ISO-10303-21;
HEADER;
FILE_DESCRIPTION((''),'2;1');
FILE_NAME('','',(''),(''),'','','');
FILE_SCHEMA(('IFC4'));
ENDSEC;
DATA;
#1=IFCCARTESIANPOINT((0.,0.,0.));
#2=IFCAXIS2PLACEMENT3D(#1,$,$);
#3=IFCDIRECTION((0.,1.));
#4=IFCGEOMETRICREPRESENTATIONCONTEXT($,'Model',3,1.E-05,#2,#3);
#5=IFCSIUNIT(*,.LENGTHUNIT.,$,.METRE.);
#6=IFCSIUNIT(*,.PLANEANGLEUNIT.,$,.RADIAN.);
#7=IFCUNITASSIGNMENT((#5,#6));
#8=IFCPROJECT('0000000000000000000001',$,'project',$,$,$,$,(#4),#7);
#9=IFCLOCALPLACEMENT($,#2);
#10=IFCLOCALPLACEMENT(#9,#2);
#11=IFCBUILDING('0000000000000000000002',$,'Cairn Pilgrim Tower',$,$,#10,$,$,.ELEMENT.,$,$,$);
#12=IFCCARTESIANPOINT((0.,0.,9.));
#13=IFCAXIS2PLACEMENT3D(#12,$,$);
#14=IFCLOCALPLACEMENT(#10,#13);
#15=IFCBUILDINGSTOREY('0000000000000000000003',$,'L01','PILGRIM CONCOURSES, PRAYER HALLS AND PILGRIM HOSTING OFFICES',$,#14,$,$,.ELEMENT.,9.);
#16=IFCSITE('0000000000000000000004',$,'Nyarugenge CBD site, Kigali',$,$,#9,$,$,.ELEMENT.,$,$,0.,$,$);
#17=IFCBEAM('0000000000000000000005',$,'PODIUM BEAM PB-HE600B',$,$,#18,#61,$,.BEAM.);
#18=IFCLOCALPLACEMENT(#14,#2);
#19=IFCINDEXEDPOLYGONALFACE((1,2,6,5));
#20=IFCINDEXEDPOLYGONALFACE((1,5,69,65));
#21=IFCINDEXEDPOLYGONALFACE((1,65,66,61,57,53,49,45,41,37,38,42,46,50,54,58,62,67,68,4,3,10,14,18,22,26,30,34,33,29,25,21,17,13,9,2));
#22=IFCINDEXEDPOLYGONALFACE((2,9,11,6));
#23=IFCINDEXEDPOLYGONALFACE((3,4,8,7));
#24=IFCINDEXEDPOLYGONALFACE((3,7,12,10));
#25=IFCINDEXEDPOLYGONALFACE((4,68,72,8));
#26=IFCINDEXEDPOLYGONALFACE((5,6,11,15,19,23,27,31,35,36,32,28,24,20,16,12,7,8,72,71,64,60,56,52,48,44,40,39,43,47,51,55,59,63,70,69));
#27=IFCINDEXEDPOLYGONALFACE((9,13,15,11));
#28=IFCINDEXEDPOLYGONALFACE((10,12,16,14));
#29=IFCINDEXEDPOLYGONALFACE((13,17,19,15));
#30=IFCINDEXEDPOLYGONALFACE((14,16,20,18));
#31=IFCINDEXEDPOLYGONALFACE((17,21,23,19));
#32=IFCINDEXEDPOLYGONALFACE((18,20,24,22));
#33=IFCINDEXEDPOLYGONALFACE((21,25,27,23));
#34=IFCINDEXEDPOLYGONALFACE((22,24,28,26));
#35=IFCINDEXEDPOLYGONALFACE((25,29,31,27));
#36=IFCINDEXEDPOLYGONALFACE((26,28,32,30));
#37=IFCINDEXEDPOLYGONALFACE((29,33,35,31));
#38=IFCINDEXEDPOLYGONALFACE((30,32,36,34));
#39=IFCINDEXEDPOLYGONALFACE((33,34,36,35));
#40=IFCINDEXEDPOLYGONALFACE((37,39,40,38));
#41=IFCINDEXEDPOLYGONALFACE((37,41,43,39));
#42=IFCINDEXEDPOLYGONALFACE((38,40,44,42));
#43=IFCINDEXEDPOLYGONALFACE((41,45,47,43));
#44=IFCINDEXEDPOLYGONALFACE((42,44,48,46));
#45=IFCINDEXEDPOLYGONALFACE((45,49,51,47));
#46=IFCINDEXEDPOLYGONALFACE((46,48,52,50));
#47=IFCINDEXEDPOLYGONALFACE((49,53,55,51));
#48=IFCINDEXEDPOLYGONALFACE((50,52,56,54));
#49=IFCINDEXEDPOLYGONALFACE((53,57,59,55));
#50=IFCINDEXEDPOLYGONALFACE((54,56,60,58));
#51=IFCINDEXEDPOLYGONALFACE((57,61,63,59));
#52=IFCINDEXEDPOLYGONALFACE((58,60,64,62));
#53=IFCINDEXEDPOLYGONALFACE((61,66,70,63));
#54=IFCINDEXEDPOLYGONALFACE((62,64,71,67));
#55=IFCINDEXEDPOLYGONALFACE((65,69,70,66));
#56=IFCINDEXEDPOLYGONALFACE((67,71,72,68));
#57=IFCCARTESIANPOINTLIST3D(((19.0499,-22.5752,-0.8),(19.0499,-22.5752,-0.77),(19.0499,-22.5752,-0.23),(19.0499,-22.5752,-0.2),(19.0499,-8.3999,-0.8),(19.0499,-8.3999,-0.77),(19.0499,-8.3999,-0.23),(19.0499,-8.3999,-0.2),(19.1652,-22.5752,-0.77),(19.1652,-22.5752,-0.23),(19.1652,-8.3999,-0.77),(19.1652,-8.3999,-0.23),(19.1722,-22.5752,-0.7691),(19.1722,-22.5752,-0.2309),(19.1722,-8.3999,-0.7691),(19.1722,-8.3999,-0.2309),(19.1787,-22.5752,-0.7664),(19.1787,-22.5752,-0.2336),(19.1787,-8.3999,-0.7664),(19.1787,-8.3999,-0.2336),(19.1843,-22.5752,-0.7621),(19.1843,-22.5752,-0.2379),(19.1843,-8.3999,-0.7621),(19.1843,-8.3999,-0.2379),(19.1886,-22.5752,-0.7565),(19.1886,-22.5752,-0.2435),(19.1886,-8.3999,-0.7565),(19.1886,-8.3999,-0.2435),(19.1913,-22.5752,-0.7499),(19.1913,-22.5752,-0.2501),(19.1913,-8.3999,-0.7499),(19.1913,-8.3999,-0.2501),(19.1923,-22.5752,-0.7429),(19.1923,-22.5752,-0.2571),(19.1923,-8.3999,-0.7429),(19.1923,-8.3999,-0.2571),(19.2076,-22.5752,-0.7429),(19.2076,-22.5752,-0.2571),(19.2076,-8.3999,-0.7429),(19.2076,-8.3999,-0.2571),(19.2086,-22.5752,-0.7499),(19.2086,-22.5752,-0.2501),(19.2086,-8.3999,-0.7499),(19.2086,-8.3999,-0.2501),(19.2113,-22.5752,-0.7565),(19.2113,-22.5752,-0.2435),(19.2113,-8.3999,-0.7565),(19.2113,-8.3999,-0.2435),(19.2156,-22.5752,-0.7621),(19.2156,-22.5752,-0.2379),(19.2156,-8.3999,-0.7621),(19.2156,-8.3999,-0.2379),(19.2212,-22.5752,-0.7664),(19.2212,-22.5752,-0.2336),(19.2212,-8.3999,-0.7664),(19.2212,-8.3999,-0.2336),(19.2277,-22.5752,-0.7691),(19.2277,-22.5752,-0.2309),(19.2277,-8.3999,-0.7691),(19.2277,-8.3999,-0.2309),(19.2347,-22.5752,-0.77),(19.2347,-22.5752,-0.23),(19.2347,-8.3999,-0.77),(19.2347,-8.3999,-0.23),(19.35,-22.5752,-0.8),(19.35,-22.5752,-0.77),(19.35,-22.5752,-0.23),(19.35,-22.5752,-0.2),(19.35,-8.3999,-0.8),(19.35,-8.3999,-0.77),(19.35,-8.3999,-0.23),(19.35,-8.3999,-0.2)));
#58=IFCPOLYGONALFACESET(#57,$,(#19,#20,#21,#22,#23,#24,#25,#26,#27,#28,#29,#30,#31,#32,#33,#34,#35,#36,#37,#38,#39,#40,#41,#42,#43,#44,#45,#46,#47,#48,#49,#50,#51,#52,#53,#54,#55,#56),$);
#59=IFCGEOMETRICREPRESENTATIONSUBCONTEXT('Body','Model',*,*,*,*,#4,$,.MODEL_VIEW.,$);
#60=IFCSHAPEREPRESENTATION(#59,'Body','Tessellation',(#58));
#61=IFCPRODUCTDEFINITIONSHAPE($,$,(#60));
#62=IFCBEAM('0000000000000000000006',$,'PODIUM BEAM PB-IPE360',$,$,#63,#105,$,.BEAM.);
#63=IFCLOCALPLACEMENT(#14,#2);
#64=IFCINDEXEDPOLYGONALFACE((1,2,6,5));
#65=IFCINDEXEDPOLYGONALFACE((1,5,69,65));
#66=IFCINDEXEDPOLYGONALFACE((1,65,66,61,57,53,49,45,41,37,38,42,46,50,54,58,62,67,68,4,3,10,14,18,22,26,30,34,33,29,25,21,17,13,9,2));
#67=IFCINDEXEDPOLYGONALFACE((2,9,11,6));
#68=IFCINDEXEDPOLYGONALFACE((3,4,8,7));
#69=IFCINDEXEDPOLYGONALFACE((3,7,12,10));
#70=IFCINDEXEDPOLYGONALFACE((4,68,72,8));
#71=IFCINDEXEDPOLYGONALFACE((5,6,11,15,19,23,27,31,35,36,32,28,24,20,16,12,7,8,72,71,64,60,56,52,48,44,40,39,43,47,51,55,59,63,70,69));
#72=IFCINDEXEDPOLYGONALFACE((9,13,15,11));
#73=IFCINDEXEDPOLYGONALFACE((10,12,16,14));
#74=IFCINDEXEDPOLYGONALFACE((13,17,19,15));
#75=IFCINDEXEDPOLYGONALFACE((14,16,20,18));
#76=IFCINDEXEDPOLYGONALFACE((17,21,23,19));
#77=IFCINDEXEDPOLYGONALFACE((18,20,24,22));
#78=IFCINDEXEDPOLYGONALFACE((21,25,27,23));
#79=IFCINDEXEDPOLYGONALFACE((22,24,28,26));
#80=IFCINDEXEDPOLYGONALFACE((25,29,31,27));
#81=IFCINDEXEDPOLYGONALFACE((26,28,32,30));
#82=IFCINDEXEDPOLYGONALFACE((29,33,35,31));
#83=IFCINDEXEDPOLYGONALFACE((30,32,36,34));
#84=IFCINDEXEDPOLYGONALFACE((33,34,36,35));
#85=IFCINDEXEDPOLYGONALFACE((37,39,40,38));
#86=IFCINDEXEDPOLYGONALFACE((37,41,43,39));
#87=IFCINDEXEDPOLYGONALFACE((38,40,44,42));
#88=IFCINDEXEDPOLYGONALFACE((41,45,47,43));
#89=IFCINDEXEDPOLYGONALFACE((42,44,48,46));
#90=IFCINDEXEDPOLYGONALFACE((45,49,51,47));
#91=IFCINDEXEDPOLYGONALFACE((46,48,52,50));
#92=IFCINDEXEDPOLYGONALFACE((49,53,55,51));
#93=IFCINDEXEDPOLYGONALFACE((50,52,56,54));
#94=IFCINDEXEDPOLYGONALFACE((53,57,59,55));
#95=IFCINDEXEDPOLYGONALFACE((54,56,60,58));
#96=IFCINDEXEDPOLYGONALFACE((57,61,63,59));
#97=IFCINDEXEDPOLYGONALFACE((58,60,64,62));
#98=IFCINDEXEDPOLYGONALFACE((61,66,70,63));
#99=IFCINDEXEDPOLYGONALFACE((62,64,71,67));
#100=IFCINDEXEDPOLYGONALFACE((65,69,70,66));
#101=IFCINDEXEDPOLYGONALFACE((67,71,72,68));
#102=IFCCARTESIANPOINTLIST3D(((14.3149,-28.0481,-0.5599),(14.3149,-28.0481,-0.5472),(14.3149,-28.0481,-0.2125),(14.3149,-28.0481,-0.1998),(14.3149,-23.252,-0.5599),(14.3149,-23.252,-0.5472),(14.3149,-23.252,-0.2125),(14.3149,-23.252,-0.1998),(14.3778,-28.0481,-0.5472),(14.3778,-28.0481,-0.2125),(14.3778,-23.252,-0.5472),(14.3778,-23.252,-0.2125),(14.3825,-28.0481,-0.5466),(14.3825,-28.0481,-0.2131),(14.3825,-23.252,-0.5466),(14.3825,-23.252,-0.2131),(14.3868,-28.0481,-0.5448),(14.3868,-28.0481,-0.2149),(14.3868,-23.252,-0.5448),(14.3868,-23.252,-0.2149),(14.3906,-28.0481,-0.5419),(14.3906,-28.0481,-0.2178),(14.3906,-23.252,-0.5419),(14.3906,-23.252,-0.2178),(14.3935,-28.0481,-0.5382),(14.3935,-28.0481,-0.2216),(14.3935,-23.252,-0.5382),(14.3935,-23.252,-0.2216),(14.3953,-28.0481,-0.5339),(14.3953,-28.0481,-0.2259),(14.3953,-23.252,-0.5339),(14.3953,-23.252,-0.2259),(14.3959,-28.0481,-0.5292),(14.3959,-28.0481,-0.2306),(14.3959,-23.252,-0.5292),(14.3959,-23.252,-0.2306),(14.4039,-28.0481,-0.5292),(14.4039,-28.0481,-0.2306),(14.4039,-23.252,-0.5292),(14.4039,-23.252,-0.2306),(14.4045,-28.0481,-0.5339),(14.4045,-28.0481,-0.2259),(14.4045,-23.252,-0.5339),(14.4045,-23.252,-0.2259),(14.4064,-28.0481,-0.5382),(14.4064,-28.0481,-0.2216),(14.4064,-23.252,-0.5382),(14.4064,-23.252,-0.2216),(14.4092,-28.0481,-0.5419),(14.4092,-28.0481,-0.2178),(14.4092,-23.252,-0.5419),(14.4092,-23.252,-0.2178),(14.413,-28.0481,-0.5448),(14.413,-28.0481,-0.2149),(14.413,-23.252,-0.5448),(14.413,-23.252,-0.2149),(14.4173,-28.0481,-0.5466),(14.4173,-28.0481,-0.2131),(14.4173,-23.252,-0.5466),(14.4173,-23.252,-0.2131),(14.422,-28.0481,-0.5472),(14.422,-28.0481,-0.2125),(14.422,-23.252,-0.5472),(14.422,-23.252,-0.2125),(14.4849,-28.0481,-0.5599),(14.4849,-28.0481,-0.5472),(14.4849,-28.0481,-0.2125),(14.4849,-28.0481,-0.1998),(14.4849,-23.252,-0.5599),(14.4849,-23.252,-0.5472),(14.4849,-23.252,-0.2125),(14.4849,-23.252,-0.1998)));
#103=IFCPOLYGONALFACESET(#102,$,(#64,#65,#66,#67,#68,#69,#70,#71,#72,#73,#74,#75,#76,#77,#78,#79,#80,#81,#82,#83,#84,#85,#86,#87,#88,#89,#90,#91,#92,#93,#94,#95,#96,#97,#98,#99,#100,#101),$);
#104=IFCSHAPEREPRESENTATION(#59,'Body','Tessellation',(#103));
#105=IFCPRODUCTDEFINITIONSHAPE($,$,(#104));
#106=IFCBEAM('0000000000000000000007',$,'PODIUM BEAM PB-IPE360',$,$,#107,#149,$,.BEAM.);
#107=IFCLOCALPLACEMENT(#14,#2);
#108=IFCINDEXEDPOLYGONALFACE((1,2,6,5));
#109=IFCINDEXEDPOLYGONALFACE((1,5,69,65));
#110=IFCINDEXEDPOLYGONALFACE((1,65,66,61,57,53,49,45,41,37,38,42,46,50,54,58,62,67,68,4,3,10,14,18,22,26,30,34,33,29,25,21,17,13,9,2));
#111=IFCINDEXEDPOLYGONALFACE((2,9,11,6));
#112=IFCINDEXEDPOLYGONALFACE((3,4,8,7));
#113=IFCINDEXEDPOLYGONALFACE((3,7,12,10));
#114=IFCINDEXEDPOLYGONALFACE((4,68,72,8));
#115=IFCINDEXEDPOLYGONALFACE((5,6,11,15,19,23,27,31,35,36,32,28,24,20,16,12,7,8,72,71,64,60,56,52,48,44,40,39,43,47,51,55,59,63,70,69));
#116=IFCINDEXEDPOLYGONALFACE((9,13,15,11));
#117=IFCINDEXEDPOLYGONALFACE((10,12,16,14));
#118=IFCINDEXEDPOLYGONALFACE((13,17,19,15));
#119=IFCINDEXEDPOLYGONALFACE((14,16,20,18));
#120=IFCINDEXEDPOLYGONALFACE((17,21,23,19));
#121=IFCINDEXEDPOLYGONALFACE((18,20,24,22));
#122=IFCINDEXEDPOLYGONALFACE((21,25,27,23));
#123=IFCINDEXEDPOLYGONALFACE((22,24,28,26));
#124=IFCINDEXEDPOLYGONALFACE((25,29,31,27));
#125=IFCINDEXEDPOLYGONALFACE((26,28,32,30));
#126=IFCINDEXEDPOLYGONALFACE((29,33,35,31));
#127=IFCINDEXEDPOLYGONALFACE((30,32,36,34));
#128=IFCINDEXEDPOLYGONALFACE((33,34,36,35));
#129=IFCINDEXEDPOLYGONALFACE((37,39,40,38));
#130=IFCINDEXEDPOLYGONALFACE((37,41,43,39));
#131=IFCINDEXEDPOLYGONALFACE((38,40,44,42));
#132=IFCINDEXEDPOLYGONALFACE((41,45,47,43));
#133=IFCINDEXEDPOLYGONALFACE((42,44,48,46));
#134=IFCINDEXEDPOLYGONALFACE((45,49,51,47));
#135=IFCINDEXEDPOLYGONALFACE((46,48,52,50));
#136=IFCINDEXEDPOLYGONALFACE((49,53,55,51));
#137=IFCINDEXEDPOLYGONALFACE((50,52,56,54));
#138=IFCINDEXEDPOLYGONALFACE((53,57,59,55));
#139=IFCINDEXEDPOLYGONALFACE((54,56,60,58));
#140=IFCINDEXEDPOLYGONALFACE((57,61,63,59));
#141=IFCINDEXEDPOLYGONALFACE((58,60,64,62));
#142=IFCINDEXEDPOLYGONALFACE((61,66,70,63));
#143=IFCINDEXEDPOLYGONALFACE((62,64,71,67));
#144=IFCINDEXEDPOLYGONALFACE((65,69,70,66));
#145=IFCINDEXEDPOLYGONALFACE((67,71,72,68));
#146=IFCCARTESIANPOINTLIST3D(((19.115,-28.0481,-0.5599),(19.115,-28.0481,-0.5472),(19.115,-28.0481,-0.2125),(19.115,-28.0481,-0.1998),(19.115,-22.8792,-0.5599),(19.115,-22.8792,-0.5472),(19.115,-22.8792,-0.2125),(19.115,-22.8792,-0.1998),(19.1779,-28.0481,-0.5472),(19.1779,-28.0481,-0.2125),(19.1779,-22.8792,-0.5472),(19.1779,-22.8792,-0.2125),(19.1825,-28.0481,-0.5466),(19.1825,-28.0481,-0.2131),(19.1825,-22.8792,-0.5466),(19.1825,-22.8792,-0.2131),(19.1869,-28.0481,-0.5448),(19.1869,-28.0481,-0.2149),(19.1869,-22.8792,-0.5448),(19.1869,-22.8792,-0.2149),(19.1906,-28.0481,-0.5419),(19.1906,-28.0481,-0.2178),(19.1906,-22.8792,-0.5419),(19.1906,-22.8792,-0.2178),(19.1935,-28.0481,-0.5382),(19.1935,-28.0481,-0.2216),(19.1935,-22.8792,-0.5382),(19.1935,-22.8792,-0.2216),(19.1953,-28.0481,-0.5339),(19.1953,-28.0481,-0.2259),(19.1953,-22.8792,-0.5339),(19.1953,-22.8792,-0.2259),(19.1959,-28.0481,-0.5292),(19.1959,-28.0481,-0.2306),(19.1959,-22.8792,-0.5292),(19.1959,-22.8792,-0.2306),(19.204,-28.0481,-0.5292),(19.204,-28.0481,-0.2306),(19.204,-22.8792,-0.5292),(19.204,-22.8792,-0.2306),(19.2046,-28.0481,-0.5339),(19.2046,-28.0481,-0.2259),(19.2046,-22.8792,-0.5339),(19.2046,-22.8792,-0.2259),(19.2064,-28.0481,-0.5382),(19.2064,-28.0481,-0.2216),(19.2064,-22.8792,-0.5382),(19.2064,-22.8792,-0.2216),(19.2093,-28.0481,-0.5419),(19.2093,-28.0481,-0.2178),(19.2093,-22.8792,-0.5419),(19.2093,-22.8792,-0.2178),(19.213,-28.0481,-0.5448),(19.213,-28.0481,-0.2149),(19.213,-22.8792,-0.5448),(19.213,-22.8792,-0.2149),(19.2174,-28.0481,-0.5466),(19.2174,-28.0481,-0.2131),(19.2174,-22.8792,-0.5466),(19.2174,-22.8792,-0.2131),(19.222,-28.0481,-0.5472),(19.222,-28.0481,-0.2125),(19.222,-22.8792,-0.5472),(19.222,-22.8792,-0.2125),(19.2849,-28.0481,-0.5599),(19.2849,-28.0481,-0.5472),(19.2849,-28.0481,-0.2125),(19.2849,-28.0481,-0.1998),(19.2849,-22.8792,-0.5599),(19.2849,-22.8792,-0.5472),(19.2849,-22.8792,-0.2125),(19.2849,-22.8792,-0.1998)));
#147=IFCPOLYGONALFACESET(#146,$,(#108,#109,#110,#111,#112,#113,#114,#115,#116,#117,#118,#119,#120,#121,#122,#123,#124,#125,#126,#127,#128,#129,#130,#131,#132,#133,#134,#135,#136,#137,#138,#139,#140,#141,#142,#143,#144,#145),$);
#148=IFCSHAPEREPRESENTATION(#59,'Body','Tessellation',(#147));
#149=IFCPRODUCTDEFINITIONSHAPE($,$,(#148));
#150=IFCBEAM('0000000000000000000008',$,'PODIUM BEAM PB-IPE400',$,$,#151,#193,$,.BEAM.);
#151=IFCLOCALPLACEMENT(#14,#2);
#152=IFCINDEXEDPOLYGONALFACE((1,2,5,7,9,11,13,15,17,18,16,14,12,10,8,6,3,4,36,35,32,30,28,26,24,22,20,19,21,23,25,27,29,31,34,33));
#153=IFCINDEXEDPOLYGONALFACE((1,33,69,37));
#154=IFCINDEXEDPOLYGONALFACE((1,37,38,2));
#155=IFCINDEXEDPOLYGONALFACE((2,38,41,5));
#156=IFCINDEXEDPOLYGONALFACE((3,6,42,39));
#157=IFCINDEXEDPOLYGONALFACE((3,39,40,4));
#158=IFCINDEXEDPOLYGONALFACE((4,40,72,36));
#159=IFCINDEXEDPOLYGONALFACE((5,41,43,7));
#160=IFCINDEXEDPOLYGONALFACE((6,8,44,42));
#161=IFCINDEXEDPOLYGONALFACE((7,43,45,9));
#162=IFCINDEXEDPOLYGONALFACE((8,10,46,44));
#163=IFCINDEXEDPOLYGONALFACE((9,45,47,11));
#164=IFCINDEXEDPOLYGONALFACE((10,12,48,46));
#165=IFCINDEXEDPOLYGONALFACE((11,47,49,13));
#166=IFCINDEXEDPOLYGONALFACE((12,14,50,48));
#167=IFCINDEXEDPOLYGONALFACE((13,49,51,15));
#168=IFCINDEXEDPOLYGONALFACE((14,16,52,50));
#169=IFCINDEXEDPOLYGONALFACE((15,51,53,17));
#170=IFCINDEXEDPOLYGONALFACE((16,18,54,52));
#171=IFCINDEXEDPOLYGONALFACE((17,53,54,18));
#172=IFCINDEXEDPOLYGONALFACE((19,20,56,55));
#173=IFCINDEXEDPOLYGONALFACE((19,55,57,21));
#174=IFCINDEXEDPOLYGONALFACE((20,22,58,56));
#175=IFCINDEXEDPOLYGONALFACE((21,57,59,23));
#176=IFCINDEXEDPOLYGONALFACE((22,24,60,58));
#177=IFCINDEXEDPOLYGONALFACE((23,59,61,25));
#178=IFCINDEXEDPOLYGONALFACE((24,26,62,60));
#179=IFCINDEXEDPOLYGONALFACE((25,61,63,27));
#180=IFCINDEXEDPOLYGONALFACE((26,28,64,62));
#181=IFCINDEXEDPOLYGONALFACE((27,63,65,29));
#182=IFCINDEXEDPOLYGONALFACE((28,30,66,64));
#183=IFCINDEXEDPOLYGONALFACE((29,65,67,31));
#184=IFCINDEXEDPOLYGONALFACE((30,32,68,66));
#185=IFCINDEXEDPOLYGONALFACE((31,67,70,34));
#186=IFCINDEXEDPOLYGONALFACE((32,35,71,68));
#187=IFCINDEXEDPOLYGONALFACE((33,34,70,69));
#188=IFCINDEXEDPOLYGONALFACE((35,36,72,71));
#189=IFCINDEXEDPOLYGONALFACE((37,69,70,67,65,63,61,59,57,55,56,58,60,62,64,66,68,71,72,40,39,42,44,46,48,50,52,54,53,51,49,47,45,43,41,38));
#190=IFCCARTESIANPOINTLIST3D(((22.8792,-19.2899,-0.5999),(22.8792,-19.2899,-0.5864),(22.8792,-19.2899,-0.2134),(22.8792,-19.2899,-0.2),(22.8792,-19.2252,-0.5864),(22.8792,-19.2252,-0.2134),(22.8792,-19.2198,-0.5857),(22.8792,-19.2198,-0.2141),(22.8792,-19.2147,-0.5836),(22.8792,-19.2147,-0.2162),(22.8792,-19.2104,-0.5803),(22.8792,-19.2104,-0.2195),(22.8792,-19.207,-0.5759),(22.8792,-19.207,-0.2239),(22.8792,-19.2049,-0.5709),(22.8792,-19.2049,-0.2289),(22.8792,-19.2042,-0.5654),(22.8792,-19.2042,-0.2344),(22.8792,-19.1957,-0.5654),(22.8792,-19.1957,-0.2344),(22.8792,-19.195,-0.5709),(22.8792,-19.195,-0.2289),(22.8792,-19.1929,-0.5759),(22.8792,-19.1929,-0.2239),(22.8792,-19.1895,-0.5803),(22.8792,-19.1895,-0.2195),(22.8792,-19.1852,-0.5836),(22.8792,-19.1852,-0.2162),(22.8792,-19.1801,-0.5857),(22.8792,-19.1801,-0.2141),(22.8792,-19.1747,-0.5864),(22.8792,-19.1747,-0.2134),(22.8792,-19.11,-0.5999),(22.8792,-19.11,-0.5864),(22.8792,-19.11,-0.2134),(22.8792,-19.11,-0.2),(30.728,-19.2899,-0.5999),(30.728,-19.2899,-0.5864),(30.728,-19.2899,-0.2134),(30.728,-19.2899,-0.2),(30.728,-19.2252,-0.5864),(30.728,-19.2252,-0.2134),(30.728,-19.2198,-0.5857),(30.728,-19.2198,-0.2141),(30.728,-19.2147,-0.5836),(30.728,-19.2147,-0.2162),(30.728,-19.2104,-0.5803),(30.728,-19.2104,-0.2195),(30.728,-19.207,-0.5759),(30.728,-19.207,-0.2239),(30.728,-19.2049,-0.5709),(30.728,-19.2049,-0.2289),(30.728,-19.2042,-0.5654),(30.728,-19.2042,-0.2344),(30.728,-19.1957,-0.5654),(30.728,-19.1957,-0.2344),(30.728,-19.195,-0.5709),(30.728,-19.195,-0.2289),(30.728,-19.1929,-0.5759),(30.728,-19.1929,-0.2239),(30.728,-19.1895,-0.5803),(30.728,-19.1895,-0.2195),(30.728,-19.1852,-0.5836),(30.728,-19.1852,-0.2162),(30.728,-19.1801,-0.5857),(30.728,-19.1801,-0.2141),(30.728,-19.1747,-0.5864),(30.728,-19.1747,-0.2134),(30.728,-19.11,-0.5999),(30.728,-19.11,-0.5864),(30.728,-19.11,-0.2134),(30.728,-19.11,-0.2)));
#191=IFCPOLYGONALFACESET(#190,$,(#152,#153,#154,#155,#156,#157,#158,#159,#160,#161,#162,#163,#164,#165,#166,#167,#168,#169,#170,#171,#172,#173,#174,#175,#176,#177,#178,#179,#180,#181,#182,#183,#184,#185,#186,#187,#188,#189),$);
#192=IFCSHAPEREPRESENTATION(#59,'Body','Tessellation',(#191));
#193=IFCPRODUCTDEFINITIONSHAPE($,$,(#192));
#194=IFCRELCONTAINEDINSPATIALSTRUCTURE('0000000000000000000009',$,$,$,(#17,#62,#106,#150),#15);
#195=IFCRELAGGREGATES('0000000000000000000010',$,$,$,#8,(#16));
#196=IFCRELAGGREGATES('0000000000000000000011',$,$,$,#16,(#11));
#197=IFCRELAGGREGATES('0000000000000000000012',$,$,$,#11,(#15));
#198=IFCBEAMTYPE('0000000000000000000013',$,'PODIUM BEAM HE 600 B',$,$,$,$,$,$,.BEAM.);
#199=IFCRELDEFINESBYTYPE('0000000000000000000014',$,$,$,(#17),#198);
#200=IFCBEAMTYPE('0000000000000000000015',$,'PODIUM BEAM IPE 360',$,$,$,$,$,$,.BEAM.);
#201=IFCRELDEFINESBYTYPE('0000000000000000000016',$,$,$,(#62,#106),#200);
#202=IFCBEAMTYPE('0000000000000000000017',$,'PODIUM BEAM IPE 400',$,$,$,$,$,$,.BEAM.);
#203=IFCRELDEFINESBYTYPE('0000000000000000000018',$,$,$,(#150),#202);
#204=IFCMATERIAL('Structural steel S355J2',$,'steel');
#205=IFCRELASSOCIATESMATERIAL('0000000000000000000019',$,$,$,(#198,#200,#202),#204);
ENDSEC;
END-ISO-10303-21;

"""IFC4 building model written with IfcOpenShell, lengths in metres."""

from ifc_helpers import new_model, si_unit, direction, frame, origin, origin_2d, place, context, subcontext, project, spatial, i_section, extrude, material, material_profile, profile_set, type_object, element, save


model = new_model("IFC4")

# Units and contexts
model_context = context("Model", 3, precision=1e-05, world=origin(), true_north=direction((0.0, 1.0)))
body_context = subcontext(model_context, "Body", "Model", "MODEL_VIEW")
ifc_project = project(units=[si_unit("LENGTHUNIT", "METRE"), si_unit("PLANEANGLEUNIT", "RADIAN")], contexts=[model_context])

# Site, building, storey
site_placement = place(None, origin())
site = spatial("IfcSite", under=ifc_project, at=site_placement, Name="Nyarugenge CBD site, Kigali", CompositionType="ELEMENT", RefElevation=0.0)
building_placement = place(site_placement, origin())
building = spatial("IfcBuilding", under=site, at=building_placement, Name="Cairn Pilgrim Tower", CompositionType="ELEMENT")
storey_placement = place(building_placement, frame((0.0, 0.0, 9.0)))
storey = spatial("IfcBuildingStorey", under=building, at=storey_placement, Name="L01", Description="PILGRIM CONCOURSES, PRAYER HALLS AND PILGRIM HOSTING OFFICES", CompositionType="ELEMENT", Elevation=9.0)

# Beams
ifc_material_1 = material(Name="Structural steel S355J2", Category="steel")
ifc_material_profile_1 = material_profile(ifc_material_1, i_section(OverallWidth=0.3, OverallDepth=0.6001, WebThickness=0.0154, FlangeThickness=0.03, FilletRadius=0.0271, at=origin_2d()), Name="HEB 600")
ifc_profile_set_1 = profile_set([ifc_material_profile_1], Name="Structural steel S355J2")
beam_type_1 = type_object("IfcBeamType", Name="PODIUM BEAM HE 600 B", PredefinedType="BEAM", material=ifc_profile_set_1)
beam_1_placement = place(storey_placement, frame((19.2, -22.5752, -0.5), z_axis=(0.0, 1.0, 0.0), x_axis=(-1.0, 0.0, 0.0)))
element("IfcBeam", 1, at=beam_1_placement, inside=storey, type_object=beam_type_1, Name="PODIUM BEAM PB-HE600B", PredefinedType="BEAM", context=body_context, shape_type="SweptSolid", body=[
    extrude(i_section(OverallWidth=0.3, OverallDepth=0.6001, WebThickness=0.0154, FlangeThickness=0.03, FilletRadius=0.0271, at=origin_2d()), origin(), (0.0, 0.0, 1.0), 14.1753),
])
ifc_material_profile_2 = material_profile(ifc_material_1, i_section(OverallWidth=0.1699, OverallDepth=0.3601, WebThickness=0.0081, FlangeThickness=0.0127, FilletRadius=0.0181, at=origin_2d()), Name="IPE 360")
ifc_profile_set_2 = profile_set([ifc_material_profile_2], Name="Structural steel S355J2")
beam_type_2 = type_object("IfcBeamType", Name="PODIUM BEAM IPE 360", PredefinedType="BEAM", material=ifc_profile_set_2)
beam_2_placement = place(storey_placement, frame((14.3999, -28.0481, -0.3799), z_axis=(0.0, 1.0, 0.0), x_axis=(-1.0, 0.0, 0.0)))
element("IfcBeam", 2, at=beam_2_placement, inside=storey, type_object=beam_type_2, Name="PODIUM BEAM PB-IPE360", PredefinedType="BEAM", context=body_context, shape_type="SweptSolid", body=[
    extrude(i_section(OverallWidth=0.1699, OverallDepth=0.3601, WebThickness=0.0081, FlangeThickness=0.0127, FilletRadius=0.0181, at=origin_2d()), origin(), (0.0, 0.0, 1.0), 4.7961),
])
beam_3_placement = place(storey_placement, frame((19.2, -28.0481, -0.3799), z_axis=(0.0, 1.0, 0.0), x_axis=(-1.0, 0.0, 0.0)))
element("IfcBeam", 3, at=beam_3_placement, inside=storey, type_object=beam_type_2, Name="PODIUM BEAM PB-IPE360", PredefinedType="BEAM", context=body_context, shape_type="SweptSolid", body=[
    extrude(i_section(OverallWidth=0.1699, OverallDepth=0.3601, WebThickness=0.0081, FlangeThickness=0.0127, FilletRadius=0.0181, at=origin_2d()), origin(), (0.0, 0.0, 1.0), 5.1689),
])
ifc_material_profile_3 = material_profile(ifc_material_1, i_section(OverallWidth=0.1799, OverallDepth=0.3999, WebThickness=0.0085, FlangeThickness=0.0134, FilletRadius=0.021, at=origin_2d()), Name="IPE 400")
ifc_profile_set_3 = profile_set([ifc_material_profile_3], Name="Structural steel S355J2")
beam_type_3 = type_object("IfcBeamType", Name="PODIUM BEAM IPE 400", PredefinedType="BEAM", material=ifc_profile_set_3)
beam_4_placement = place(storey_placement, frame((22.8792, -19.2, -0.3999), z_axis=(1.0, 0.0, 0.0), x_axis=(0.0, 1.0, 0.0)))
element("IfcBeam", 4, at=beam_4_placement, inside=storey, type_object=beam_type_3, Name="PODIUM BEAM PB-IPE400", PredefinedType="BEAM", context=body_context, shape_type="SweptSolid", body=[
    extrude(i_section(OverallWidth=0.1799, OverallDepth=0.3999, WebThickness=0.0085, FlangeThickness=0.0134, FilletRadius=0.021, at=origin_2d()), origin(), (0.0, 0.0, 1.0), 7.8489),
])

save(model, "model.ifc")
